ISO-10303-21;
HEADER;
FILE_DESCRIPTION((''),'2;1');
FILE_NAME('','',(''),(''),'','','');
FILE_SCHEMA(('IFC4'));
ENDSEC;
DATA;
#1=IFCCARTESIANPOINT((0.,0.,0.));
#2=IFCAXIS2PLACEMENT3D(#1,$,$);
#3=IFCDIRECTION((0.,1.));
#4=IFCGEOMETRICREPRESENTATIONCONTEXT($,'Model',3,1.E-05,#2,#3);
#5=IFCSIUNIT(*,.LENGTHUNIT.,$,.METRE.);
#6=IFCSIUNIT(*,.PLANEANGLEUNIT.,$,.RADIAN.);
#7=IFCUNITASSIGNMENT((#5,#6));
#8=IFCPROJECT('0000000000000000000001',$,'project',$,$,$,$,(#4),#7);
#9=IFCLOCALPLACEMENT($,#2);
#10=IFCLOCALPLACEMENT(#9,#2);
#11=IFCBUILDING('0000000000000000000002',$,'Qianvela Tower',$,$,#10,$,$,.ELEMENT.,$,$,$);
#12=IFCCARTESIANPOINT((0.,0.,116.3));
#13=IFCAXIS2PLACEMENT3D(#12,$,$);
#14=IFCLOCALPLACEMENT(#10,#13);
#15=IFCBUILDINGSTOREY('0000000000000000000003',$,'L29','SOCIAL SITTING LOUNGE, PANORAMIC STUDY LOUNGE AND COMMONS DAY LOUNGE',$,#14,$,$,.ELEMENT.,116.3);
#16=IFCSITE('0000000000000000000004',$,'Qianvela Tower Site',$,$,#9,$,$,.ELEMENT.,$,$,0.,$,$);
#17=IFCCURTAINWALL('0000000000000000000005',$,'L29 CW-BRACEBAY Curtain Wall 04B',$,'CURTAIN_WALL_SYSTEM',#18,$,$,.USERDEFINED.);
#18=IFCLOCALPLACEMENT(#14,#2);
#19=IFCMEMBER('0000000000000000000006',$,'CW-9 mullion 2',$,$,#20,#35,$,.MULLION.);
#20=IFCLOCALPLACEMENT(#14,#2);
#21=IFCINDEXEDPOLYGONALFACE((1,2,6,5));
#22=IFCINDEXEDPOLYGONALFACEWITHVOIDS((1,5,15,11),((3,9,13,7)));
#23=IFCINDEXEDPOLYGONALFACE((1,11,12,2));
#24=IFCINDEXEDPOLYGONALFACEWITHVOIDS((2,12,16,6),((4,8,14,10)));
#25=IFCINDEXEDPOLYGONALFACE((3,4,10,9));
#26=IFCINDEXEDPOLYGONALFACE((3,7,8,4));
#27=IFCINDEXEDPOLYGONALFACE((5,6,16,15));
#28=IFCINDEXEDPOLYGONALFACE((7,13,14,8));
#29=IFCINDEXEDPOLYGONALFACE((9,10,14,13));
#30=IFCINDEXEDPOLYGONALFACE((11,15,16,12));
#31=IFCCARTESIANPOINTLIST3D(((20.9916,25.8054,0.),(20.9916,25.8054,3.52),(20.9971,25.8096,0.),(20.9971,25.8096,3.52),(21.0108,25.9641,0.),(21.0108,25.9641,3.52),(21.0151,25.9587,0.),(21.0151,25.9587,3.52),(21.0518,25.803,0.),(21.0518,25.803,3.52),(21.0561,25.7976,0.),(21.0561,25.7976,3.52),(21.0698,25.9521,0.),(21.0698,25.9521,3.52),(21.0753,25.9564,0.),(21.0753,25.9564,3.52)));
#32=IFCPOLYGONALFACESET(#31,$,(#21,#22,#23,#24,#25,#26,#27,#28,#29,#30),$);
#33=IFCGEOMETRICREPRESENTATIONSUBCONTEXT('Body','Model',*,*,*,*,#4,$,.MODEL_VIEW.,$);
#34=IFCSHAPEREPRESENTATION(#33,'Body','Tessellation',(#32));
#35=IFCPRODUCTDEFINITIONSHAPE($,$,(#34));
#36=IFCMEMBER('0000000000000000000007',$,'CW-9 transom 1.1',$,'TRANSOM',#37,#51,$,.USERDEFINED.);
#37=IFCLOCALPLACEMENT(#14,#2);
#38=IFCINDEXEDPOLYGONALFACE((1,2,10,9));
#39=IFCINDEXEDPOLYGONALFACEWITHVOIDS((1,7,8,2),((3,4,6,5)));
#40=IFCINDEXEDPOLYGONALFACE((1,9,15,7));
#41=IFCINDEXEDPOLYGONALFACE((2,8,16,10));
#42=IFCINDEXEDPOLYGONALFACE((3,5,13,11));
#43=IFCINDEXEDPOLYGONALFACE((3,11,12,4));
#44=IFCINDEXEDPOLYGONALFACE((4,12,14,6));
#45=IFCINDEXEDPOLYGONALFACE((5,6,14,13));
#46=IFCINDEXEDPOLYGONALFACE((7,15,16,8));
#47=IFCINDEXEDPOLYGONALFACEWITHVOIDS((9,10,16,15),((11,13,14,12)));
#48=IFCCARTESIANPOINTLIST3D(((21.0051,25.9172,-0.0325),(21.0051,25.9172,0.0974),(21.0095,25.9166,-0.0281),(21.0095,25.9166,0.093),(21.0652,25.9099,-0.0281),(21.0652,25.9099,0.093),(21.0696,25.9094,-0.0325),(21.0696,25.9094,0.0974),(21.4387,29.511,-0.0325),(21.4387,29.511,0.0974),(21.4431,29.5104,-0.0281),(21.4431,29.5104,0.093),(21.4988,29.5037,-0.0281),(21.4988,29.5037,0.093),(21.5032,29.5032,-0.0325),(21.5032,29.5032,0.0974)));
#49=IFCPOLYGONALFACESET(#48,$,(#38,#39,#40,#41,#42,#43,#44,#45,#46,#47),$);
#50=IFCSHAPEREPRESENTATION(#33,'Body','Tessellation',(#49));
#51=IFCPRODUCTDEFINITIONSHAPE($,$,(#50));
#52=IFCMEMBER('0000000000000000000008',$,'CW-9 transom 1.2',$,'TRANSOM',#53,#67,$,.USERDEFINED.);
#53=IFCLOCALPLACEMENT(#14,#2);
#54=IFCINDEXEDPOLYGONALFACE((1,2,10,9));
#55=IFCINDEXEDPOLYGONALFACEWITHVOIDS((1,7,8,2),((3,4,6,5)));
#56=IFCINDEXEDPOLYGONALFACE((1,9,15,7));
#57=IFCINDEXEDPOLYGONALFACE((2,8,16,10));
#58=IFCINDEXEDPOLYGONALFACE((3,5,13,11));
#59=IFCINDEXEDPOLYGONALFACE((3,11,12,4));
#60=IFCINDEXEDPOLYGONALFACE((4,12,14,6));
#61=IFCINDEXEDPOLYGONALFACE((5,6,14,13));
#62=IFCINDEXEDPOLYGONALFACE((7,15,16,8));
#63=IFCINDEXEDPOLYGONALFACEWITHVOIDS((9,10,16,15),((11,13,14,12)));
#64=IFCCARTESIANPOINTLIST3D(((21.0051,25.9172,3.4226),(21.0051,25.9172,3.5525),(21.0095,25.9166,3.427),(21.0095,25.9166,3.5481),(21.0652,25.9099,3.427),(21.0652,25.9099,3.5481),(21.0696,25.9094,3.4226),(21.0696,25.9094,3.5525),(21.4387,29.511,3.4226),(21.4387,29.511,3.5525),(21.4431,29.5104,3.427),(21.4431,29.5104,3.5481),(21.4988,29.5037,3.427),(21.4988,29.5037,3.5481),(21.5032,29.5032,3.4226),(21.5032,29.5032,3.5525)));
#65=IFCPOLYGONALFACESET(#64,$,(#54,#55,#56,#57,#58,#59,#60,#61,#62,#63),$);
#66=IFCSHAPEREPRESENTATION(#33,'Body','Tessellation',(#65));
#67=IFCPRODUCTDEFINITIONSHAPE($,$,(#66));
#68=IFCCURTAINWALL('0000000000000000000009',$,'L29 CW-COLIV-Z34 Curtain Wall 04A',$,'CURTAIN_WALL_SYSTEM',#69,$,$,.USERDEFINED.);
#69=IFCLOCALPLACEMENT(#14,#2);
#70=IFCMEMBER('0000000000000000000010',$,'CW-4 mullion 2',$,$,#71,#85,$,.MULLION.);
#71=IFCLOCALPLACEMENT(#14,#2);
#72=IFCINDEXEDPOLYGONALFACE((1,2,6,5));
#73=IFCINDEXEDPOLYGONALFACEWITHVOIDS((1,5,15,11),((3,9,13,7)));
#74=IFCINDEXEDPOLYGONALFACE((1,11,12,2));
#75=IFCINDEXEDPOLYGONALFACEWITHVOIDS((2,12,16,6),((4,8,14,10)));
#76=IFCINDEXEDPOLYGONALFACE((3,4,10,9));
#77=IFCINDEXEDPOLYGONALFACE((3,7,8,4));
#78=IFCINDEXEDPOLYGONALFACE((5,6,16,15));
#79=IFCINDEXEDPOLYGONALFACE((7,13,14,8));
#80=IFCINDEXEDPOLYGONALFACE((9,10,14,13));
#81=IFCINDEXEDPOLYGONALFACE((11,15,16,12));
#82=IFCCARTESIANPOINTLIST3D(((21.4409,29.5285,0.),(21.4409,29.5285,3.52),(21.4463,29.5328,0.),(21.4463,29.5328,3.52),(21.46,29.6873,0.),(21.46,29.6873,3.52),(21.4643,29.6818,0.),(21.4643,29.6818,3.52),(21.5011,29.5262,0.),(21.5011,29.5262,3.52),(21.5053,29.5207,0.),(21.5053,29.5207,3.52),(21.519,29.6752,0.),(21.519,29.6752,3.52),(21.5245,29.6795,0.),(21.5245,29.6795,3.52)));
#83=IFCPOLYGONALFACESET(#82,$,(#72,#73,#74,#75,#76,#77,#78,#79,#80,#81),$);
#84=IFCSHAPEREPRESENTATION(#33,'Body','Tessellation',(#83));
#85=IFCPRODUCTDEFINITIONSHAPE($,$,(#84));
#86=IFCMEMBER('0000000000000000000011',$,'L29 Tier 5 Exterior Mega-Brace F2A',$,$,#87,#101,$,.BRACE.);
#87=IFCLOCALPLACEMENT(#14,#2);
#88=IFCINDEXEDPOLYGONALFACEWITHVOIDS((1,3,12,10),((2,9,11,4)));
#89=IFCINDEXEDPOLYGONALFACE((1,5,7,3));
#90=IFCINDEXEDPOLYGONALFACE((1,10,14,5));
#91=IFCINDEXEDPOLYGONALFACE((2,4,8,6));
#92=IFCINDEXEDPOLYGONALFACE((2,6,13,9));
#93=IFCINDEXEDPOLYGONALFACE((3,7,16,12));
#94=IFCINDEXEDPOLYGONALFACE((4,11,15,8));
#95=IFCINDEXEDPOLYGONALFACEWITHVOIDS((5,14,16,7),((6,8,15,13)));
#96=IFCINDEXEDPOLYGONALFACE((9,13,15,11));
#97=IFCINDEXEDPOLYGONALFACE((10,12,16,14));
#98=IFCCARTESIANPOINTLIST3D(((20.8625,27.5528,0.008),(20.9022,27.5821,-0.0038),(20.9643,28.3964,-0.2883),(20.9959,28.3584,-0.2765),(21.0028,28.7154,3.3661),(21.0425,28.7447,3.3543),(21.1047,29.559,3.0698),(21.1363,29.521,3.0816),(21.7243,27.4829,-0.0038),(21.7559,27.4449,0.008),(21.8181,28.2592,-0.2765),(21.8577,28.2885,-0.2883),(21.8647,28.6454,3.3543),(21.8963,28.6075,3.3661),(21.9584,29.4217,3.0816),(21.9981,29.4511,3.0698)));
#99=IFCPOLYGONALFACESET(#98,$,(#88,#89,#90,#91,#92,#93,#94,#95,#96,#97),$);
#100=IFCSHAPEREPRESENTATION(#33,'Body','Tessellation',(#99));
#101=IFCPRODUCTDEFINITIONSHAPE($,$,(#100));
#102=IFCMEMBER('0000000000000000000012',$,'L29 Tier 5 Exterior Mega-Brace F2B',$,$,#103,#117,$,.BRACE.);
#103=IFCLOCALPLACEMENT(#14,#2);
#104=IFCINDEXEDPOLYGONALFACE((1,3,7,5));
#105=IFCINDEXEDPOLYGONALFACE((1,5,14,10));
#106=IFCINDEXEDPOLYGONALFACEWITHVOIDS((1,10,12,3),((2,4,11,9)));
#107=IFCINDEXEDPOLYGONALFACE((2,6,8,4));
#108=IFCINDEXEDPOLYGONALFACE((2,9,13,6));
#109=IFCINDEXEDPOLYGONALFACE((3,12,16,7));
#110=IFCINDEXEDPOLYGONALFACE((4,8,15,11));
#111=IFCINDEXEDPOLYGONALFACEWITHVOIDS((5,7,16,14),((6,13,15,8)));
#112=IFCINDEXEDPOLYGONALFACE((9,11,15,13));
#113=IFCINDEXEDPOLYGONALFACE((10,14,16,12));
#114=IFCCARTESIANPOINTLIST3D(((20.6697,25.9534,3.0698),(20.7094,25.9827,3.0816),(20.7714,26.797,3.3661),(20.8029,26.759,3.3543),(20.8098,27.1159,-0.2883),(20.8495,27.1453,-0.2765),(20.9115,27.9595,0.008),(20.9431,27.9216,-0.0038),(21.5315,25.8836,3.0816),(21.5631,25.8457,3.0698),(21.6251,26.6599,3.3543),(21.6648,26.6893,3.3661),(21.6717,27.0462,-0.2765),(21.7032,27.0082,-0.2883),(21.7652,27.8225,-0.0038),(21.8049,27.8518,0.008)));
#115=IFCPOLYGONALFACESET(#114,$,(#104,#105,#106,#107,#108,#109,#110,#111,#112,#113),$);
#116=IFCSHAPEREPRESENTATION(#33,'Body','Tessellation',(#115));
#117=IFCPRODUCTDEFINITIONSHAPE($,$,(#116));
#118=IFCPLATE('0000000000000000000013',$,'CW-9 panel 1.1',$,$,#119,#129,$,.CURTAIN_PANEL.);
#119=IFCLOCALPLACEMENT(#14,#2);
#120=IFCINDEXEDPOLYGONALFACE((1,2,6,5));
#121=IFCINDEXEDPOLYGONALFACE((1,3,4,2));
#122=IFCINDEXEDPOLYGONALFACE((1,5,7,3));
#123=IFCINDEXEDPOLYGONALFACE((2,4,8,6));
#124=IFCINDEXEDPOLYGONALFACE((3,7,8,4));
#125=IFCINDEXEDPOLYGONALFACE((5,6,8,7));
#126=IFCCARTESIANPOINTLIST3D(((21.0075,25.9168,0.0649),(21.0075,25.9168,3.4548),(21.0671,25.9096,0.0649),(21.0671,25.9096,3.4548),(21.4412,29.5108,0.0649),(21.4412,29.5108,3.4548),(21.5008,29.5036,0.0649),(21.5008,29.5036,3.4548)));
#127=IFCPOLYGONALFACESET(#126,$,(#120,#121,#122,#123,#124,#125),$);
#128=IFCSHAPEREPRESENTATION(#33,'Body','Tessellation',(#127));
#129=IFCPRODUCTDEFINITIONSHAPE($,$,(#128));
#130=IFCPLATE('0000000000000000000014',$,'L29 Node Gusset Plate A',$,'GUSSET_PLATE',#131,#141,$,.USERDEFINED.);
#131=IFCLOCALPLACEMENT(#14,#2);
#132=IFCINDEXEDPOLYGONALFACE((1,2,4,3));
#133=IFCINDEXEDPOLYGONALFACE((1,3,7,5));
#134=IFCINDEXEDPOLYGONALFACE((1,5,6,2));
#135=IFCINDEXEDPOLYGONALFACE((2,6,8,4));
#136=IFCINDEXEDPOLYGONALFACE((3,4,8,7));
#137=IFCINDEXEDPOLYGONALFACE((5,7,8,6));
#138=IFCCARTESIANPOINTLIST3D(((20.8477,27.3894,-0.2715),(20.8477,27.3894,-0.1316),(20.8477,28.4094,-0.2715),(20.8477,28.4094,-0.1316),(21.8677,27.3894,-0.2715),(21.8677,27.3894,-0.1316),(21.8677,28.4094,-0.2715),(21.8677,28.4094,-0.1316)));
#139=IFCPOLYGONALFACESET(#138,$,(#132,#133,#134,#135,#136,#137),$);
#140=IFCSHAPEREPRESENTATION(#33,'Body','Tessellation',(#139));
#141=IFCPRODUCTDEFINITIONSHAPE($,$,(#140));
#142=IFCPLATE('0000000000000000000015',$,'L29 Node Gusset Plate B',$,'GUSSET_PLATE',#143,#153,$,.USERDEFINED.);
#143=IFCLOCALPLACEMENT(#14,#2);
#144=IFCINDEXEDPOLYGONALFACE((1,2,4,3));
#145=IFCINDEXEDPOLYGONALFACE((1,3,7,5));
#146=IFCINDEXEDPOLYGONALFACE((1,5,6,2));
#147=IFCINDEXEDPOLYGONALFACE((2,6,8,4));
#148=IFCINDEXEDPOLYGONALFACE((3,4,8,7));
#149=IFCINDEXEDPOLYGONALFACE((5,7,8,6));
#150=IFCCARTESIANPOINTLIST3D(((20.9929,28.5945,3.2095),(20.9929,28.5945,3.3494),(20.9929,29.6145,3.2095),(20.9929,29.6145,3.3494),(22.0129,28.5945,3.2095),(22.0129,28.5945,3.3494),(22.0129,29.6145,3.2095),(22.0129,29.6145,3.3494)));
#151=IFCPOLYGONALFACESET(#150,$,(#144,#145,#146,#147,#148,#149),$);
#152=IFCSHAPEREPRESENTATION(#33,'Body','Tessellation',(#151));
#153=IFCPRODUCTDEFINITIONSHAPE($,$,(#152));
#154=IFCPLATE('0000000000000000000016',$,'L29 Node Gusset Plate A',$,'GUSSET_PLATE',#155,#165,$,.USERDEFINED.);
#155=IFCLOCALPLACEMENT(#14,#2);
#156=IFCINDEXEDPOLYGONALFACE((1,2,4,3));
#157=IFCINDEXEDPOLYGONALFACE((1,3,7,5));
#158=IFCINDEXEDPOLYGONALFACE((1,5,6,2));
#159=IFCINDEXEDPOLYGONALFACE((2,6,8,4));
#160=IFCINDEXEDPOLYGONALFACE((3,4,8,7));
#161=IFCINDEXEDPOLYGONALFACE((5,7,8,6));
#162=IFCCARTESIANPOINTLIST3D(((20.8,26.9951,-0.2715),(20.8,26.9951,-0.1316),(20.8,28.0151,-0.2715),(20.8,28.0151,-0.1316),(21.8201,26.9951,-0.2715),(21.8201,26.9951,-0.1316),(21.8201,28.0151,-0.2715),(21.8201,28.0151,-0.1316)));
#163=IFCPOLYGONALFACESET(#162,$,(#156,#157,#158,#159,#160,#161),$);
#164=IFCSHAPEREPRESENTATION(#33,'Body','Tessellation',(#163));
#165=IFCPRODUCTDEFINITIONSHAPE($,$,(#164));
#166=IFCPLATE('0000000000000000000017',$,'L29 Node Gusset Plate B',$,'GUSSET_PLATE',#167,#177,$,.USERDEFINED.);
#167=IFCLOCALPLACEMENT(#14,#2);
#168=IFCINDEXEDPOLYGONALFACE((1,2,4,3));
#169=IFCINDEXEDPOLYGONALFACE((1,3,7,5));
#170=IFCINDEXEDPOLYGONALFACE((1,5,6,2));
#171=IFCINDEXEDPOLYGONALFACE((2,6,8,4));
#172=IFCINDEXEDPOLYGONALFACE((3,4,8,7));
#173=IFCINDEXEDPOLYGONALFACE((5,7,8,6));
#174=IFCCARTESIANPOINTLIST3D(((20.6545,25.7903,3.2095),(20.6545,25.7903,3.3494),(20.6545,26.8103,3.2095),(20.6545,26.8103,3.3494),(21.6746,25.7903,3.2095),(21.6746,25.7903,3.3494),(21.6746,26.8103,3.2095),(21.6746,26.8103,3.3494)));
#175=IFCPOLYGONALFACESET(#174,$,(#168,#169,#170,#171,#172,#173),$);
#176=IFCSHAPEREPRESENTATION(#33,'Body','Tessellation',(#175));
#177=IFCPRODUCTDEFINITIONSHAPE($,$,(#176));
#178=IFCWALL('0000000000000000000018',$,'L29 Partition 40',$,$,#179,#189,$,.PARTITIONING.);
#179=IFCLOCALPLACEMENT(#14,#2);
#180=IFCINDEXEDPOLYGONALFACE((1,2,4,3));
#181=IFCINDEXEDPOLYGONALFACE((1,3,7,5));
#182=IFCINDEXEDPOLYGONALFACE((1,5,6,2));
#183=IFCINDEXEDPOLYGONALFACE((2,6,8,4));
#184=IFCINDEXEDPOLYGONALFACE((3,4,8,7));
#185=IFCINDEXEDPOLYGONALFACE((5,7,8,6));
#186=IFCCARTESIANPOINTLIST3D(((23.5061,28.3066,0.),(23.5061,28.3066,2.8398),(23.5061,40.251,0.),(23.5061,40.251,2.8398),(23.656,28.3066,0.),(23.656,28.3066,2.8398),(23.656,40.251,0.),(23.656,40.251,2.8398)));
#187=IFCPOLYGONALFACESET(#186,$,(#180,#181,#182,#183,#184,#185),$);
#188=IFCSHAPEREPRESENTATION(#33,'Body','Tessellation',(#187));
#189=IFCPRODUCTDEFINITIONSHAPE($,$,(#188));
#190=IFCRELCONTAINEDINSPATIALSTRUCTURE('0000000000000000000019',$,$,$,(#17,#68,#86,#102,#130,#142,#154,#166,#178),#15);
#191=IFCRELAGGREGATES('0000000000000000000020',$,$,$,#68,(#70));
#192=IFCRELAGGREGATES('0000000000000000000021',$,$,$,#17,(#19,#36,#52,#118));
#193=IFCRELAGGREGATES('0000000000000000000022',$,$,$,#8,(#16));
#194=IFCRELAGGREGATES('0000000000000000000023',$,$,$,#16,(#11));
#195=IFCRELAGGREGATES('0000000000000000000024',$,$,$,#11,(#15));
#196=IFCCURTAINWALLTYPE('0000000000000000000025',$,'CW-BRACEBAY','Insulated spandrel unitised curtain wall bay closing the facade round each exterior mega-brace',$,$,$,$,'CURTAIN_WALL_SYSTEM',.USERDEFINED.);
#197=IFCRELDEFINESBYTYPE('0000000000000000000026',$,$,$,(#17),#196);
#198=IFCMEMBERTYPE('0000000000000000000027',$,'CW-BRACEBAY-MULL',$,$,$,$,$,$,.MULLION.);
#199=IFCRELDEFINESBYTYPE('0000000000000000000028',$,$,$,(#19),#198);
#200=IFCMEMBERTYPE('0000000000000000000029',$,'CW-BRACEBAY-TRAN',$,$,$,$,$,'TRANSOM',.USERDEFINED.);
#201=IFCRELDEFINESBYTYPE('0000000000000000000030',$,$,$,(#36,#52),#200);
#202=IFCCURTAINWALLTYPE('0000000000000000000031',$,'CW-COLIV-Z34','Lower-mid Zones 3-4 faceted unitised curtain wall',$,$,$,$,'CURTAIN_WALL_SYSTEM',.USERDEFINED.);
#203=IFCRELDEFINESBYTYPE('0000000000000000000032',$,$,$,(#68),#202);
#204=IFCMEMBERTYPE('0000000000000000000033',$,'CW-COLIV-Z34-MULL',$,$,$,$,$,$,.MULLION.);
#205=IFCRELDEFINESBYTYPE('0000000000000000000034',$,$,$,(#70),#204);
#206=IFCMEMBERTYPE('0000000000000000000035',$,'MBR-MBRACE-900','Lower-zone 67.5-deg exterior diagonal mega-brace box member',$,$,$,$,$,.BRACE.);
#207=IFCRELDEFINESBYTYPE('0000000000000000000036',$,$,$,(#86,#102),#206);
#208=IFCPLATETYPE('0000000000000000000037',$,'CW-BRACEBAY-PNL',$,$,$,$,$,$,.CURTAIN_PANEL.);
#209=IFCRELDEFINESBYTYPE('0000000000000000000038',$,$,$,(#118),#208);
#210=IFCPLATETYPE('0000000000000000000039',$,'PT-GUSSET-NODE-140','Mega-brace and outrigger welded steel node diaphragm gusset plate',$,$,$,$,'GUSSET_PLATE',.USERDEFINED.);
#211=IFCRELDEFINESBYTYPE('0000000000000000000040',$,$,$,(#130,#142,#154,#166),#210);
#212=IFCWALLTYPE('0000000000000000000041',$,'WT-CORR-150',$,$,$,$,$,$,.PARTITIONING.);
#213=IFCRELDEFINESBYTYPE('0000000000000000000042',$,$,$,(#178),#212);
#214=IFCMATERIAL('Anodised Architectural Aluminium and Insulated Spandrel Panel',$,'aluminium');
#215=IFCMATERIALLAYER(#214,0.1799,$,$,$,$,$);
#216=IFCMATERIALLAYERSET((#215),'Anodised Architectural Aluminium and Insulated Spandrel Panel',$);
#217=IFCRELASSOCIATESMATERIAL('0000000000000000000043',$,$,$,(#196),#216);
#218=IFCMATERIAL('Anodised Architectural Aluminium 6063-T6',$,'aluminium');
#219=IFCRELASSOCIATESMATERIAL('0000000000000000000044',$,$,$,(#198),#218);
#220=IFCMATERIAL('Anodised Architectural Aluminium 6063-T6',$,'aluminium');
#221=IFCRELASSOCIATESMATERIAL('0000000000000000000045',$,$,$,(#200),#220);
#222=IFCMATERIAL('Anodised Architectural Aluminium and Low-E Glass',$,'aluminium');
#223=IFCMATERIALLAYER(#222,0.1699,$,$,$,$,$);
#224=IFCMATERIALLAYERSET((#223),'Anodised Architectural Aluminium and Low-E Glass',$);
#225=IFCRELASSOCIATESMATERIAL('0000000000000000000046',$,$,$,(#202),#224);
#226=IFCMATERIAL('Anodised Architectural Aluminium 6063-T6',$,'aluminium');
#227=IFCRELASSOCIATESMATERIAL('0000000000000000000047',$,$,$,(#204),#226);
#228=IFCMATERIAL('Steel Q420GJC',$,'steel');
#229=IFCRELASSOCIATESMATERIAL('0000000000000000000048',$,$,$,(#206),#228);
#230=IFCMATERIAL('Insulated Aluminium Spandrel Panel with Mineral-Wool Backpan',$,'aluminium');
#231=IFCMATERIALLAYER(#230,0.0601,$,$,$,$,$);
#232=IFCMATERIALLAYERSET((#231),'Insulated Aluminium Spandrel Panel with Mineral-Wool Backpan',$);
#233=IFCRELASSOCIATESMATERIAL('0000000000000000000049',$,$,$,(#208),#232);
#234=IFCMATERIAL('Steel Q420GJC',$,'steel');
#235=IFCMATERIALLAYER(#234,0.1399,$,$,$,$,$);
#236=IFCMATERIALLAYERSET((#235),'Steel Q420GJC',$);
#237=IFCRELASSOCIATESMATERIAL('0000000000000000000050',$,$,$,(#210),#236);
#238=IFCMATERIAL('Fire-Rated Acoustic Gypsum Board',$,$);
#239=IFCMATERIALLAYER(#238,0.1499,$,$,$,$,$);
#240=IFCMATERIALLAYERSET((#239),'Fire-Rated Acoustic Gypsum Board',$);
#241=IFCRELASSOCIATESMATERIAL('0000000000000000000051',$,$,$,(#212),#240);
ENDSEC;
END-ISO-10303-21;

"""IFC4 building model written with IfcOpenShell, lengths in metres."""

from ifc_helpers import new_model, si_unit, direction, frame, frame_2d, origin, origin_2d, place, context, subcontext, project, spatial, rectangle, hollow_rectangle, extrude, material, layer, layer_set, material_profile, profile_set, type_object, element, aggregate, save


model = new_model("IFC4")

# Units and contexts
model_context = context("Model", 3, precision=1e-05, world=origin(), true_north=direction((0.0, 1.0)))
body_context = subcontext(model_context, "Body", "Model", "MODEL_VIEW")
ifc_project = project(units=[si_unit("LENGTHUNIT", "METRE"), si_unit("PLANEANGLEUNIT", "RADIAN")], contexts=[model_context])

# Site, building, storey
site_placement = place(None, origin())
site = spatial("IfcSite", under=ifc_project, at=site_placement, Name="Qianvela Tower Site", CompositionType="ELEMENT", RefElevation=0.0)
building_placement = place(site_placement, origin())
building = spatial("IfcBuilding", under=site, at=building_placement, Name="Qianvela Tower", CompositionType="ELEMENT")
storey_placement = place(building_placement, frame((0.0, 0.0, 116.3)))
storey = spatial("IfcBuildingStorey", under=building, at=storey_placement, Name="L29", Description="SOCIAL SITTING LOUNGE, PANORAMIC STUDY LOUNGE AND COMMONS DAY LOUNGE", CompositionType="ELEMENT", Elevation=116.3)

# Curtain wall, members
ifc_material_1 = material(Name="Anodised Architectural Aluminium and Insulated Spandrel Panel", Category="aluminium")
ifc_layer_1 = layer(ifc_material_1, 0.1799)
ifc_layer_set_1 = layer_set([ifc_layer_1], Name="Anodised Architectural Aluminium and Insulated Spandrel Panel")
curtain_wall_type_1 = type_object("IfcCurtainWallType", Name="CW-BRACEBAY", Description="Insulated spandrel unitised curtain wall bay closing the facade round each exterior mega-brace", ElementType="CURTAIN_WALL_SYSTEM", PredefinedType="USERDEFINED", material=ifc_layer_set_1)
curtain_wall_1_placement = place(storey_placement, origin())
curtain_wall_1 = element("IfcCurtainWall", 1, at=curtain_wall_1_placement, inside=storey, type_object=curtain_wall_type_1, Name="L29 CW-BRACEBAY Curtain Wall 04B", ObjectType="CURTAIN_WALL_SYSTEM", PredefinedType="USERDEFINED")
ifc_material_2 = material(Name="Anodised Architectural Aluminium 6063-T6", Category="aluminium")
ifc_material_profile_1 = material_profile(ifc_material_2, hollow_rectangle(XDim=0.0649, YDim=0.1599, WallThickness=0.0049, at=origin_2d()), Name="ALU-MULL-65x160")
ifc_profile_set_1 = profile_set([ifc_material_profile_1], Name="Anodised Architectural Aluminium 6063-T6")
member_type_1 = type_object("IfcMemberType", Name="CW-BRACEBAY-MULL", PredefinedType="MULLION", material=ifc_profile_set_1)
member_1_placement = place(storey_placement, frame((21.0334, 25.8809, 0.0), z_axis=(0.0, 0.0, 1.0), x_axis=(0.9928, -0.119787, 0.0)))
member_1 = element("IfcMember", 2, at=member_1_placement, type_object=member_type_1, Name="CW-9 mullion 2", PredefinedType="MULLION", context=body_context, shape_type="SweptSolid", body=[
    extrude(hollow_rectangle(XDim=0.0649, YDim=0.1599, WallThickness=0.0049, at=origin_2d()), origin(), (0.0, 0.0, 1.0), 3.52),
])
ifc_material_3 = material(Name="Anodised Architectural Aluminium 6063-T6", Category="aluminium")
ifc_material_profile_2 = material_profile(ifc_material_3, hollow_rectangle(XDim=0.0649, YDim=0.1299, WallThickness=0.0044, at=origin_2d()), Name="ALU-TRAN-65x130")
ifc_profile_set_2 = profile_set([ifc_material_profile_2], Name="Anodised Architectural Aluminium 6063-T6")
member_type_2 = type_object("IfcMemberType", Name="CW-BRACEBAY-TRAN", ElementType="TRANSOM", PredefinedType="USERDEFINED", material=ifc_profile_set_2)
member_2_placement = place(storey_placement, frame((21.4709, 29.5071, 0.0325), z_axis=(-0.119783, -0.9928, 0.0), x_axis=(0.9928, -0.119783, 0.0)))
member_2 = element("IfcMember", 3, at=member_2_placement, type_object=member_type_2, Name="CW-9 transom 1.1", ObjectType="TRANSOM", PredefinedType="USERDEFINED", context=body_context, shape_type="SweptSolid", body=[
    extrude(hollow_rectangle(XDim=0.0649, YDim=0.1299, WallThickness=0.0044, at=origin_2d()), origin(), (0.0, 0.0, 1.0), 3.6199),
])
member_3_placement = place(storey_placement, frame((21.4709, 29.5071, 3.4875), z_axis=(-0.119783, -0.9928, 0.0), x_axis=(0.9928, -0.119783, 0.0)))
member_3 = element("IfcMember", 4, at=member_3_placement, type_object=member_type_2, Name="CW-9 transom 1.2", ObjectType="TRANSOM", PredefinedType="USERDEFINED", context=body_context, shape_type="SweptSolid", body=[
    extrude(hollow_rectangle(XDim=0.0649, YDim=0.1299, WallThickness=0.0044, at=origin_2d()), origin(), (0.0, 0.0, 1.0), 3.6199),
])

# Curtain wall, member
ifc_material_4 = material(Name="Anodised Architectural Aluminium and Low-E Glass", Category="aluminium")
ifc_layer_2 = layer(ifc_material_4, 0.1699)
ifc_layer_set_2 = layer_set([ifc_layer_2], Name="Anodised Architectural Aluminium and Low-E Glass")
curtain_wall_type_2 = type_object("IfcCurtainWallType", Name="CW-COLIV-Z34", Description="Lower-mid Zones 3-4 faceted unitised curtain wall", ElementType="CURTAIN_WALL_SYSTEM", PredefinedType="USERDEFINED", material=ifc_layer_set_2)
curtain_wall_2_placement = place(storey_placement, origin())
curtain_wall_2 = element("IfcCurtainWall", 5, at=curtain_wall_2_placement, inside=storey, type_object=curtain_wall_type_2, Name="L29 CW-COLIV-Z34 Curtain Wall 04A", ObjectType="CURTAIN_WALL_SYSTEM", PredefinedType="USERDEFINED")
ifc_material_5 = material(Name="Anodised Architectural Aluminium 6063-T6", Category="aluminium")
ifc_material_profile_3 = material_profile(ifc_material_5, hollow_rectangle(XDim=0.0649, YDim=0.1599, WallThickness=0.0049, at=origin_2d()), Name="ALU-MULL-65x160")
ifc_profile_set_3 = profile_set([ifc_material_profile_3], Name="Anodised Architectural Aluminium 6063-T6")
member_type_3 = type_object("IfcMemberType", Name="CW-COLIV-Z34-MULL", PredefinedType="MULLION", material=ifc_profile_set_3)
member_4_placement = place(storey_placement, frame((21.4827, 29.604, 0.0), z_axis=(0.0, 0.0, 1.0), x_axis=(0.9928, -0.119786, 0.0)))
member_4 = element("IfcMember", 6, at=member_4_placement, type_object=member_type_3, Name="CW-4 mullion 2", PredefinedType="MULLION", context=body_context, shape_type="SweptSolid", body=[
    extrude(hollow_rectangle(XDim=0.0649, YDim=0.1599, WallThickness=0.0049, at=origin_2d()), origin(), (0.0, 0.0, 1.0), 3.52),
])
aggregate(curtain_wall_2, [member_4])

# Members
ifc_material_6 = material(Name="Steel Q420GJC", Category="steel")
ifc_material_profile_4 = material_profile(ifc_material_6, hollow_rectangle(XDim=0.8999, YDim=0.8999, WallThickness=0.0359, at=origin_2d()), Name="MBOX-900x900x36")
ifc_profile_set_4 = profile_set([ifc_material_profile_4], Name="Steel Q420GJC")
member_type_4 = type_object("IfcMemberType", Name="MBR-MBRACE-900", Description="Lower-zone 67.5-deg exterior diagonal mega-brace box member", PredefinedType="BRACE", material=ifc_profile_set_4)
for number, where, z_axis, x_axis, name in (
    (7, (21.3601, 27.9207, -0.1401), (0.039472, 0.326896, 0.944236), (-0.992789, 0.119877, 0.0), "L29 Tier 5 Exterior Mega-Brace F2A"),
    (8, (21.3074, 27.4839, -0.1401), (-0.039403, -0.326897, 0.944238), (0.992814, -0.119671, 0.0), "L29 Tier 5 Exterior Mega-Brace F2B"),
):
    element("IfcMember", number, at=place(storey_placement, frame(where, z_axis=z_axis, x_axis=x_axis)), inside=storey, type_object=member_type_4, Name=name, PredefinedType="BRACE", context=body_context, shape_type="SweptSolid", body=[
        extrude(hollow_rectangle(XDim=0.8999, YDim=0.8999, WallThickness=0.0359, at=origin_2d()), origin(), (0.0, 0.0, 1.0), 3.5564),
    ])

# Plate
ifc_material_7 = material(Name="Insulated Aluminium Spandrel Panel with Mineral-Wool Backpan", Category="aluminium")
ifc_layer_3 = layer(ifc_material_7, 0.0601)
ifc_layer_set_3 = layer_set([ifc_layer_3], Name="Insulated Aluminium Spandrel Panel with Mineral-Wool Backpan")
plate_type_1 = type_object("IfcPlateType", Name="CW-BRACEBAY-PNL", PredefinedType="CURTAIN_PANEL", material=ifc_layer_set_3)
plate_placement = place(storey_placement, frame((21.2542, 27.7102, 0.0649), z_axis=(0.0, 0.0, 1.0), x_axis=(-0.119787, -0.9928, 0.0)))
plate = element("IfcPlate", 9, at=plate_placement, type_object=plate_type_1, Name="CW-9 panel 1.1", PredefinedType="CURTAIN_PANEL", context=body_context, shape_type="SweptSolid", body=[
    extrude(rectangle(XDim=3.6201, YDim=0.0601, at=origin_2d()), origin(), (0.0, 0.0, 1.0), 3.3899),
])
aggregate(curtain_wall_1, [member_1, member_2, member_3, plate])

# Plates
ifc_material_8 = material(Name="Steel Q420GJC", Category="steel")
ifc_layer_4 = layer(ifc_material_8, 0.1399)
ifc_layer_set_4 = layer_set([ifc_layer_4], Name="Steel Q420GJC")
plate_type_2 = type_object("IfcPlateType", Name="PT-GUSSET-NODE-140", Description="Mega-brace and outrigger welded steel node diaphragm gusset plate", ElementType="GUSSET_PLATE", PredefinedType="USERDEFINED", material=ifc_layer_set_4)
for number, where, z_axis, x_axis, name in (
    (10, (21.3577, 27.8994, -0.2715), (0.0, 0.0, 1.0), (1.0, 0.0, 0.0), "L29 Node Gusset Plate A"),
    (11, (21.5029, 29.1045, 3.2095), (0.0, 0.0, 1.0), (1.0, 0.0, 0.0), "L29 Node Gusset Plate B"),
    (12, (21.3101, 27.5051, -0.2715), (0.0, 0.0, 1.0), (1.0, 0.0, 0.0), "L29 Node Gusset Plate A"),
    (13, (21.1646, 26.3003, 3.2095), (0.0, 0.0, 1.0), (1.0, 0.0, 0.0), "L29 Node Gusset Plate B"),
):
    element("IfcPlate", number, at=place(storey_placement, frame(where, z_axis=z_axis, x_axis=x_axis)), inside=storey, type_object=plate_type_2, Name=name, ObjectType="GUSSET_PLATE", PredefinedType="USERDEFINED", context=body_context, shape_type="SweptSolid", body=[
        extrude(rectangle(XDim=1.02, YDim=1.02, at=origin_2d()), origin(), (0.0, 0.0, 1.0), 0.1399),
    ])

# Wall
ifc_material_9 = material(Name="Fire-Rated Acoustic Gypsum Board")
ifc_layer_5 = layer(ifc_material_9, 0.1499)
ifc_layer_set_5 = layer_set([ifc_layer_5], Name="Fire-Rated Acoustic Gypsum Board")
wall_type_1 = type_object("IfcWallType", Name="WT-CORR-150", PredefinedType="PARTITIONING", material=ifc_layer_set_5)
wall_1_placement = place(storey_placement, frame((23.5811, 28.3066, 0.0), z_axis=(0.0, 0.0, 1.0), x_axis=(0.0, 1.0, 0.0)))
element("IfcWall", 14, at=wall_1_placement, inside=storey, type_object=wall_type_1, Name="L29 Partition 40", PredefinedType="PARTITIONING", context=body_context, shape_type="SweptSolid", body=[
    extrude(rectangle(XDim=11.9443, YDim=0.1499, at=frame_2d((5.9722, 0.0))), origin(), (0.0, 0.0, 1.0), 2.8398),
])

save(model, "model.ifc")
